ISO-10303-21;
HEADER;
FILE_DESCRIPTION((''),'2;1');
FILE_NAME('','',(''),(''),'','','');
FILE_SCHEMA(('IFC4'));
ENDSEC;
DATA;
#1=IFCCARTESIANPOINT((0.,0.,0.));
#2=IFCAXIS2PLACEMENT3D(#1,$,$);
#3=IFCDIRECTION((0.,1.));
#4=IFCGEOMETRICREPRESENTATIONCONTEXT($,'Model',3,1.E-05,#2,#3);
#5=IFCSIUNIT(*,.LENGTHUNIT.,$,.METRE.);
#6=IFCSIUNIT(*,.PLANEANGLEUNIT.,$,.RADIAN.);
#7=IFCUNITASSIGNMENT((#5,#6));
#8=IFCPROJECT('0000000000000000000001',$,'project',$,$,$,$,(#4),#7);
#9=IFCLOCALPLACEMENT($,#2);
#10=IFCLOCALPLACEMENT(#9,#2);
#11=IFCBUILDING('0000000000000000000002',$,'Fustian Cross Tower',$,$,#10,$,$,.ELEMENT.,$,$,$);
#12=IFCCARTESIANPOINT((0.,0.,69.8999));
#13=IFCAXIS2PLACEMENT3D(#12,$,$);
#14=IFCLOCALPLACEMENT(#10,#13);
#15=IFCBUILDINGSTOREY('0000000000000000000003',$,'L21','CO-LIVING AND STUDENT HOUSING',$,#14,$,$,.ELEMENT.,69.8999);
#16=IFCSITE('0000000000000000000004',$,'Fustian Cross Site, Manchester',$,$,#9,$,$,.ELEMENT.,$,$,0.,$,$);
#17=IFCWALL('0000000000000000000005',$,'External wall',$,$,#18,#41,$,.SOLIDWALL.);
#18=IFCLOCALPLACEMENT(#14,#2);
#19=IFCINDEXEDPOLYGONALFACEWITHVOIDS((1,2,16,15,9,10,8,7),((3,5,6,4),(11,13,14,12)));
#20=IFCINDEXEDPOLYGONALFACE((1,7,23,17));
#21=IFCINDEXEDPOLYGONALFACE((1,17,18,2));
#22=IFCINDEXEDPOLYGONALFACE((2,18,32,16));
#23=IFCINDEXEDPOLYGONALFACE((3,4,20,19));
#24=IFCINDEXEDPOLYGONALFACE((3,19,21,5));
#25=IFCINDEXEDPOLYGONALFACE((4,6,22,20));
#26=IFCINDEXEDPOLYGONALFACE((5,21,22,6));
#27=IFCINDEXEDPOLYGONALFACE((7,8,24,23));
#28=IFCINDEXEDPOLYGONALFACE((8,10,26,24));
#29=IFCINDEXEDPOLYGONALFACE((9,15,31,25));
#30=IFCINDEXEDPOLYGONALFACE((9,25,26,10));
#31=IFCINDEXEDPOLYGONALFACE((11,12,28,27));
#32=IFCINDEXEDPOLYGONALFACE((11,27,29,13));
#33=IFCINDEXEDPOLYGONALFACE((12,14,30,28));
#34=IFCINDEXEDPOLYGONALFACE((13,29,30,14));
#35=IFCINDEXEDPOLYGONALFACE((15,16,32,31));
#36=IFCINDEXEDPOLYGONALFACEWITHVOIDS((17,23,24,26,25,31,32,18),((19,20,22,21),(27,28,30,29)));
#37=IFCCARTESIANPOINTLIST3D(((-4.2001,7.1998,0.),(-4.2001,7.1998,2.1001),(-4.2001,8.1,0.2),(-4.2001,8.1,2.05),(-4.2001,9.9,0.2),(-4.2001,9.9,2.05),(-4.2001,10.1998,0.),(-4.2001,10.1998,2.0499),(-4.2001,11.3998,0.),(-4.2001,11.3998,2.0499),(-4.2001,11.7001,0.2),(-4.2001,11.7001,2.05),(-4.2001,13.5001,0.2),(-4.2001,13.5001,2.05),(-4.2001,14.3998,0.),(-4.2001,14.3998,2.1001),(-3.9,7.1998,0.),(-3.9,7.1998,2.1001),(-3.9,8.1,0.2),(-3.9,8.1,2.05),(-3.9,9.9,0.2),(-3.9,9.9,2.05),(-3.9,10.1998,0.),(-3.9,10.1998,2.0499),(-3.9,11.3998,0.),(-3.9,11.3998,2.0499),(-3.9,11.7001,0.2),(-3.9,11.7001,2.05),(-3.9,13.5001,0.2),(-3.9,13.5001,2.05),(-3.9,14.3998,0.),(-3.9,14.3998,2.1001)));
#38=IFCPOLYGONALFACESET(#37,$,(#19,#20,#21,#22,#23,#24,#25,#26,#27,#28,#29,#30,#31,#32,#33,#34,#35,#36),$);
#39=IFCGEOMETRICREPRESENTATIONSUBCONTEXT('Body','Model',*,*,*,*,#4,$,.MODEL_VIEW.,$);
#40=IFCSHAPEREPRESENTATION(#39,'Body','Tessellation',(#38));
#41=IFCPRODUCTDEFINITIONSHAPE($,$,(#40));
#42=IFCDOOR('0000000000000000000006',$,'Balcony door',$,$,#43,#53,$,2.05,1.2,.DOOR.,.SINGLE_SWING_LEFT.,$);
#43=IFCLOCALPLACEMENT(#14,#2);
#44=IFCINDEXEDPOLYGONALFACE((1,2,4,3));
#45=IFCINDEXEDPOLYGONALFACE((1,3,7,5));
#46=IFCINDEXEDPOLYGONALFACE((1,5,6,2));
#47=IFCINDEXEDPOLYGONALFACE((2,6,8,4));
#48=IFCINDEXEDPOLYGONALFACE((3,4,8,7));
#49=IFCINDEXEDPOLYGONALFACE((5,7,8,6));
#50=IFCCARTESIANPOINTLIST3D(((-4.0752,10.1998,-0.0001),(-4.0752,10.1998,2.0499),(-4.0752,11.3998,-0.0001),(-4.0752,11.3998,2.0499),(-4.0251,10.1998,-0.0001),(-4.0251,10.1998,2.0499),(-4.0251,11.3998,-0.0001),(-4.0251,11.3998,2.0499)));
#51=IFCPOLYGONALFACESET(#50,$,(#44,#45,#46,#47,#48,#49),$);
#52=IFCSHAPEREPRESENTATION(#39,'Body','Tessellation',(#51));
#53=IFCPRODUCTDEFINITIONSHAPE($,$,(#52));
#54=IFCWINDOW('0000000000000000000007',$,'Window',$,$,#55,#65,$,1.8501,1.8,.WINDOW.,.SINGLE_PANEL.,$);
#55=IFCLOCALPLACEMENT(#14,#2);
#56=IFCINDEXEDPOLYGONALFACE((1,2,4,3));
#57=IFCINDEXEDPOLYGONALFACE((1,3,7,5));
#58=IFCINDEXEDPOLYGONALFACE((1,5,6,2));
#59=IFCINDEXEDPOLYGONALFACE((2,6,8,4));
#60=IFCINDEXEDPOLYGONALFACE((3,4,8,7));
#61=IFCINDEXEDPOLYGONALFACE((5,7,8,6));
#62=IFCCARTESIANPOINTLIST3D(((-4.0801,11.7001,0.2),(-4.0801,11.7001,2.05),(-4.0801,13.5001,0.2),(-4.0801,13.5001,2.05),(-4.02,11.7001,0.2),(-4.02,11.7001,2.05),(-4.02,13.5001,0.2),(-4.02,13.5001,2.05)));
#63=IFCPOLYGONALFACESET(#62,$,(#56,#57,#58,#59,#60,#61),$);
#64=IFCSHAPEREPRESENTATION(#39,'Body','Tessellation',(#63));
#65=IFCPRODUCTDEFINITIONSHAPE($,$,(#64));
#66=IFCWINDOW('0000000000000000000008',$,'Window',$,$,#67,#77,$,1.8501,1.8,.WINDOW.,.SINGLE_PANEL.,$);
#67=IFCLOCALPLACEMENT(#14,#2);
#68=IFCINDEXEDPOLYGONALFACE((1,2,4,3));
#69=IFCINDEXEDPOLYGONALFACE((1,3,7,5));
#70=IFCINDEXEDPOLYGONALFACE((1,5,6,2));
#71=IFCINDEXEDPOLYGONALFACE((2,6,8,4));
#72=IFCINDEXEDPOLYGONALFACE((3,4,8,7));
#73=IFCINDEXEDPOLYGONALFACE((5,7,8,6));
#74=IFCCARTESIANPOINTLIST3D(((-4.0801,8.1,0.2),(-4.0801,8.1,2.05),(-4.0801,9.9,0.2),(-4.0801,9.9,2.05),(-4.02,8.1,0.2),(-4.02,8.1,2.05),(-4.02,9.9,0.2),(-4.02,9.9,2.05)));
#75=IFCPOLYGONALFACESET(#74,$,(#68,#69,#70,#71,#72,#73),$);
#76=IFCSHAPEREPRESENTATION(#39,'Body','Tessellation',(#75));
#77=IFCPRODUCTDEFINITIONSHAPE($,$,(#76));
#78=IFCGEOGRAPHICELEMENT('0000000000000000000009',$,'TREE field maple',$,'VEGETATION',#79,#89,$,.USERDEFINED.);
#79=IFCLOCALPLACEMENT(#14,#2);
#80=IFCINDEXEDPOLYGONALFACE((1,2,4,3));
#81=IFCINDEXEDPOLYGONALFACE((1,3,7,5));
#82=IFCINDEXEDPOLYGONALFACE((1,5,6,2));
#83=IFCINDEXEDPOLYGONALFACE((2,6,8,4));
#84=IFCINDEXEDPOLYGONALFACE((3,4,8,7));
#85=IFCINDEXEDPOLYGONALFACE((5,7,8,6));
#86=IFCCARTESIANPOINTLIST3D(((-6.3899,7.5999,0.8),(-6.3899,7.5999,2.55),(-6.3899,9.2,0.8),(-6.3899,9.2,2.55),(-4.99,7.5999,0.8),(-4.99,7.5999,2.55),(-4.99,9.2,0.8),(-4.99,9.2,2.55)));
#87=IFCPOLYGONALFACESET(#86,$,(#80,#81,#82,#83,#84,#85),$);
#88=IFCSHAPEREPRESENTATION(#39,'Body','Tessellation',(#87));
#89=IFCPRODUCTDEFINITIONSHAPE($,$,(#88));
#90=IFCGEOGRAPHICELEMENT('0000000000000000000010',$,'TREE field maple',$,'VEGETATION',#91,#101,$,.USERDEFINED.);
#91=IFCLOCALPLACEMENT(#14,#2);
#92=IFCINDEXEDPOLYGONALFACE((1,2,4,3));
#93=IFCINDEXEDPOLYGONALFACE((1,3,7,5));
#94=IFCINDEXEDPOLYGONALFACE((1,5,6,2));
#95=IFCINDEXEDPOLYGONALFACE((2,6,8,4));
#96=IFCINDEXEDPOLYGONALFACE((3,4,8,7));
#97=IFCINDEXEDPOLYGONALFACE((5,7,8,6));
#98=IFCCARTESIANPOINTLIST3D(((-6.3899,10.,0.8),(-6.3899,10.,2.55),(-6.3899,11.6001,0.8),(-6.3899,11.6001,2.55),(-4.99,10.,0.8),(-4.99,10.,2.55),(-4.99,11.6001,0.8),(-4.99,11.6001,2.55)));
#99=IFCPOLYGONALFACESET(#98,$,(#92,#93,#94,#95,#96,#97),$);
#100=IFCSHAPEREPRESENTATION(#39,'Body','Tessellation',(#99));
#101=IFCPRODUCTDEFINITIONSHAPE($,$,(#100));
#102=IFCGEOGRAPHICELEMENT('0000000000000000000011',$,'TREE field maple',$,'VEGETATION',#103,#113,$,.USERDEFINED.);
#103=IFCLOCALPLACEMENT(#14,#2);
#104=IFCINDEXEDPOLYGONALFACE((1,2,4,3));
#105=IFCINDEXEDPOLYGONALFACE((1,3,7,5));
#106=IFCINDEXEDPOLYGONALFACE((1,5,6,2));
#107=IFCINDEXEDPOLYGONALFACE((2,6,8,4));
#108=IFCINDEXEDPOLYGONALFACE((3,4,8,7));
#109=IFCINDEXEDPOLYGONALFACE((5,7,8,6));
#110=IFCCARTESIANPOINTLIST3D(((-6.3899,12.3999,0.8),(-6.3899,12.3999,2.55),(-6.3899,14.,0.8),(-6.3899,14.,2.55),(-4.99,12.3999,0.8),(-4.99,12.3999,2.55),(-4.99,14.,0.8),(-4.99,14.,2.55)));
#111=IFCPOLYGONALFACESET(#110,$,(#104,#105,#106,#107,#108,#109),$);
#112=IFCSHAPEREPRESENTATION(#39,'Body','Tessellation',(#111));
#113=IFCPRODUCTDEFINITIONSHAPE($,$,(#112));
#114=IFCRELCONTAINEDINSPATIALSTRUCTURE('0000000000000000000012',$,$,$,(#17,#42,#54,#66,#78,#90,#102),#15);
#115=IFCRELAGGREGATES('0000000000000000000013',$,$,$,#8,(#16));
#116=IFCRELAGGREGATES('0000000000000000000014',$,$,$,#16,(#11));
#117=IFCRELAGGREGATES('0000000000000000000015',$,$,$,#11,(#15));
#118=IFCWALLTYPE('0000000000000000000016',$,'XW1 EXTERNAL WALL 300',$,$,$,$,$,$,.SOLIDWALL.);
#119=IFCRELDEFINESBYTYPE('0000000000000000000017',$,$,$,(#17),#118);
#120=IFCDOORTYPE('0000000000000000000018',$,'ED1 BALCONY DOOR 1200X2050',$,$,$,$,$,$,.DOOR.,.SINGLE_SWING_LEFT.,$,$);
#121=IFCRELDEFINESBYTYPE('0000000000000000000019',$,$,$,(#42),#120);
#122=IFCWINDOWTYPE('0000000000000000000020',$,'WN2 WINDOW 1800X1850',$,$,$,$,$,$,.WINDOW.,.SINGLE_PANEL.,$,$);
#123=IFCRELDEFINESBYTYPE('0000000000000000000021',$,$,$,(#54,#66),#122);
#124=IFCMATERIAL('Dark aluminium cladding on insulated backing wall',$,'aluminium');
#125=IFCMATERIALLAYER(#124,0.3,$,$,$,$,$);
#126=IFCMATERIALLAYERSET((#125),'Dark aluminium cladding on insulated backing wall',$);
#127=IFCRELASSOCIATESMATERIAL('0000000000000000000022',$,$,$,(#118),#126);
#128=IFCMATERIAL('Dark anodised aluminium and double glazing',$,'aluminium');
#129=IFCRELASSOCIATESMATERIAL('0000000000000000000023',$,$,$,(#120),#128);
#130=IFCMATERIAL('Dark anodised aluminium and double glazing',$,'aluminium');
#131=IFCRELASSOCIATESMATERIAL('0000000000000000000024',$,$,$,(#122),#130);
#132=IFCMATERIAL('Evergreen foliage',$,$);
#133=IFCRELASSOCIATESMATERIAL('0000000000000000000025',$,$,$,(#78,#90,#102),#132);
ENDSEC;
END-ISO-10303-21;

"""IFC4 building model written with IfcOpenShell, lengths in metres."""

from ifc_helpers import new_model, si_unit, direction, frame, frame_2d, origin, origin_2d, place, context, subcontext, project, spatial, rectangle, extrude, material, layer, layer_set, type_object, element, fill, save


model = new_model("IFC4")

# Units and contexts
model_context = context("Model", 3, precision=1e-05, world=origin(), true_north=direction((0.0, 1.0)))
body_context = subcontext(model_context, "Body", "Model", "MODEL_VIEW")
ifc_project = project(units=[si_unit("LENGTHUNIT", "METRE"), si_unit("PLANEANGLEUNIT", "RADIAN")], contexts=[model_context])

# Site, building, storey
site_placement = place(None, origin())
site = spatial("IfcSite", under=ifc_project, at=site_placement, Name="Fustian Cross Site, Manchester", CompositionType="ELEMENT", RefElevation=0.0)
building_placement = place(site_placement, origin())
building = spatial("IfcBuilding", under=site, at=building_placement, Name="Fustian Cross Tower", CompositionType="ELEMENT")
storey_placement = place(building_placement, frame((0.0, 0.0, 69.8999)))
storey = spatial("IfcBuildingStorey", under=building, at=storey_placement, Name="L21", Description="CO-LIVING AND STUDENT HOUSING", CompositionType="ELEMENT", Elevation=69.8999)

# Shared definitions
ifc_material_1 = material(Name="Dark aluminium cladding on insulated backing wall", Category="aluminium")
ifc_layer_1 = layer(ifc_material_1, 0.3)
ifc_layer_set_1 = layer_set([ifc_layer_1], Name="Dark aluminium cladding on insulated backing wall")
wall_type_1 = type_object("IfcWallType", Name="XW1 EXTERNAL WALL 300", PredefinedType="SOLIDWALL", material=ifc_layer_set_1)

# Wall, openings, door, windows
wall_1_placement = place(storey_placement, frame((-4.05, 14.3999, 0.0), z_axis=(0.0, 0.0, 1.0), x_axis=(0.0, -1.0, 0.0)))
wall_1 = element("IfcWall", 1, at=wall_1_placement, inside=storey, type_object=wall_type_1, Name="External wall", PredefinedType="SOLIDWALL", context=body_context, shape_type="SweptSolid", body=[
    extrude(rectangle(XDim=7.2, YDim=0.3, at=frame_2d((3.6001, 0.0))), origin(), (0.0, 0.0, 1.0), 2.1001),
])
opening_1_placement = place(wall_1_placement, frame((3.0, 0.0, 0.0)))
opening_1 = element("IfcOpeningElement", 2, at=opening_1_placement, cuts=wall_1, PredefinedType="OPENING", context=body_context, shape_type="SweptSolid", body=[
    extrude(rectangle(XDim=1.2, YDim=2.05, at=frame_2d((0.6001, 1.0249))), frame((0.0, 0.1599, 0.0), z_axis=(0.0, -1.0, 0.0), x_axis=(1.0, 0.0, 0.0)), (0.0, 0.0, 1.0), 0.3201),
])
opening_2_placement = place(wall_1_placement, frame((0.8999, 0.0, 0.2)))
opening_2 = element("IfcOpeningElement", 3, at=opening_2_placement, cuts=wall_1, PredefinedType="OPENING", context=body_context, shape_type="SweptSolid", body=[
    extrude(rectangle(XDim=1.8, YDim=1.8501, at=frame_2d((0.8999, 0.925))), frame((0.0, 0.1599, 0.0), z_axis=(0.0, -1.0, 0.0), x_axis=(1.0, 0.0, 0.0)), (0.0, 0.0, 1.0), 0.3201),
])
opening_3_placement = place(wall_1_placement, frame((4.5, 0.0, 0.2)))
opening_3 = element("IfcOpeningElement", 4, at=opening_3_placement, cuts=wall_1, PredefinedType="OPENING", context=body_context, shape_type="SweptSolid", body=[
    extrude(rectangle(XDim=1.8, YDim=1.8501, at=frame_2d((0.8999, 0.925))), frame((0.0, 0.1599, 0.0), z_axis=(0.0, -1.0, 0.0), x_axis=(1.0, 0.0, 0.0)), (0.0, 0.0, 1.0), 0.3201),
])
ifc_material_2 = material(Name="Dark anodised aluminium and double glazing", Category="aluminium")
door_type_1 = type_object("IfcDoorType", Name="ED1 BALCONY DOOR 1200X2050", OperationType="SINGLE_SWING_LEFT", PredefinedType="DOOR", material=ifc_material_2)
door_1_placement = place(opening_1_placement, origin())
door_1 = element("IfcDoor", 5, at=door_1_placement, inside=storey, type_object=door_type_1, Name="Balcony door", OperationType="SINGLE_SWING_LEFT", OverallHeight=2.05, OverallWidth=1.2, PredefinedType="DOOR", context=body_context, shape_type="SweptSolid", body=[
    extrude(rectangle(XDim=1.2, YDim=2.05, at=frame_2d((0.6001, 1.0249))), frame((0.0, 0.0249, 0.0), z_axis=(0.0, -1.0, 0.0), x_axis=(1.0, 0.0, 0.0)), (0.0, 0.0, 1.0), 0.05),
])
fill(opening_1, door_1)
ifc_material_3 = material(Name="Dark anodised aluminium and double glazing", Category="aluminium")
window_type_1 = type_object("IfcWindowType", Name="WN2 WINDOW 1800X1850", PartitioningType="SINGLE_PANEL", PredefinedType="WINDOW", material=ifc_material_3)
window_1_placement = place(opening_2_placement, origin())
window_1 = element("IfcWindow", 6, at=window_1_placement, inside=storey, type_object=window_type_1, Name="Window", OverallHeight=1.8501, OverallWidth=1.8, PartitioningType="SINGLE_PANEL", PredefinedType="WINDOW", context=body_context, shape_type="SweptSolid", body=[
    extrude(rectangle(XDim=1.8, YDim=1.8501, at=frame_2d((0.8999, 0.925))), frame((0.0, 0.03, 0.0), z_axis=(0.0, -1.0, 0.0), x_axis=(1.0, 0.0, 0.0)), (0.0, 0.0, 1.0), 0.0601),
])
fill(opening_2, window_1)
window_2_placement = place(opening_3_placement, origin())
window_2 = element("IfcWindow", 7, at=window_2_placement, inside=storey, type_object=window_type_1, Name="Window", OverallHeight=1.8501, OverallWidth=1.8, PartitioningType="SINGLE_PANEL", PredefinedType="WINDOW", context=body_context, shape_type="SweptSolid", body=[
    extrude(rectangle(XDim=1.8, YDim=1.8501, at=frame_2d((0.8999, 0.925))), frame((0.0, 0.03, 0.0), z_axis=(0.0, -1.0, 0.0), x_axis=(1.0, 0.0, 0.0)), (0.0, 0.0, 1.0), 0.0601),
])
fill(opening_3, window_2)

# Geographic elements
ifc_material_4 = material(Name="Evergreen foliage")
for number, where, z_axis, x_axis, name in (
    (8, (-5.6899, 8.3999, 0.8), (0.0, 0.0, 1.0), (1.0, 0.0, 0.0), "TREE field maple"),
    (9, (-5.6899, 10.8, 0.8), (0.0, 0.0, 1.0), (1.0, 0.0, 0.0), "TREE field maple"),
    (10, (-5.6899, 13.2, 0.8), (0.0, 0.0, 1.0), (1.0, 0.0, 0.0), "TREE field maple"),
):
    element("IfcGeographicElement", number, at=place(storey_placement, frame(where, z_axis=z_axis, x_axis=x_axis)), inside=storey, material=ifc_material_4, Name=name, ObjectType="VEGETATION", PredefinedType="USERDEFINED", context=body_context, shape_type="SweptSolid", body=[
        extrude(rectangle(XDim=1.3999, YDim=1.6001, at=origin_2d()), origin(), (0.0, 0.0, 1.0), 1.75),
    ])

save(model, "model.ifc")
